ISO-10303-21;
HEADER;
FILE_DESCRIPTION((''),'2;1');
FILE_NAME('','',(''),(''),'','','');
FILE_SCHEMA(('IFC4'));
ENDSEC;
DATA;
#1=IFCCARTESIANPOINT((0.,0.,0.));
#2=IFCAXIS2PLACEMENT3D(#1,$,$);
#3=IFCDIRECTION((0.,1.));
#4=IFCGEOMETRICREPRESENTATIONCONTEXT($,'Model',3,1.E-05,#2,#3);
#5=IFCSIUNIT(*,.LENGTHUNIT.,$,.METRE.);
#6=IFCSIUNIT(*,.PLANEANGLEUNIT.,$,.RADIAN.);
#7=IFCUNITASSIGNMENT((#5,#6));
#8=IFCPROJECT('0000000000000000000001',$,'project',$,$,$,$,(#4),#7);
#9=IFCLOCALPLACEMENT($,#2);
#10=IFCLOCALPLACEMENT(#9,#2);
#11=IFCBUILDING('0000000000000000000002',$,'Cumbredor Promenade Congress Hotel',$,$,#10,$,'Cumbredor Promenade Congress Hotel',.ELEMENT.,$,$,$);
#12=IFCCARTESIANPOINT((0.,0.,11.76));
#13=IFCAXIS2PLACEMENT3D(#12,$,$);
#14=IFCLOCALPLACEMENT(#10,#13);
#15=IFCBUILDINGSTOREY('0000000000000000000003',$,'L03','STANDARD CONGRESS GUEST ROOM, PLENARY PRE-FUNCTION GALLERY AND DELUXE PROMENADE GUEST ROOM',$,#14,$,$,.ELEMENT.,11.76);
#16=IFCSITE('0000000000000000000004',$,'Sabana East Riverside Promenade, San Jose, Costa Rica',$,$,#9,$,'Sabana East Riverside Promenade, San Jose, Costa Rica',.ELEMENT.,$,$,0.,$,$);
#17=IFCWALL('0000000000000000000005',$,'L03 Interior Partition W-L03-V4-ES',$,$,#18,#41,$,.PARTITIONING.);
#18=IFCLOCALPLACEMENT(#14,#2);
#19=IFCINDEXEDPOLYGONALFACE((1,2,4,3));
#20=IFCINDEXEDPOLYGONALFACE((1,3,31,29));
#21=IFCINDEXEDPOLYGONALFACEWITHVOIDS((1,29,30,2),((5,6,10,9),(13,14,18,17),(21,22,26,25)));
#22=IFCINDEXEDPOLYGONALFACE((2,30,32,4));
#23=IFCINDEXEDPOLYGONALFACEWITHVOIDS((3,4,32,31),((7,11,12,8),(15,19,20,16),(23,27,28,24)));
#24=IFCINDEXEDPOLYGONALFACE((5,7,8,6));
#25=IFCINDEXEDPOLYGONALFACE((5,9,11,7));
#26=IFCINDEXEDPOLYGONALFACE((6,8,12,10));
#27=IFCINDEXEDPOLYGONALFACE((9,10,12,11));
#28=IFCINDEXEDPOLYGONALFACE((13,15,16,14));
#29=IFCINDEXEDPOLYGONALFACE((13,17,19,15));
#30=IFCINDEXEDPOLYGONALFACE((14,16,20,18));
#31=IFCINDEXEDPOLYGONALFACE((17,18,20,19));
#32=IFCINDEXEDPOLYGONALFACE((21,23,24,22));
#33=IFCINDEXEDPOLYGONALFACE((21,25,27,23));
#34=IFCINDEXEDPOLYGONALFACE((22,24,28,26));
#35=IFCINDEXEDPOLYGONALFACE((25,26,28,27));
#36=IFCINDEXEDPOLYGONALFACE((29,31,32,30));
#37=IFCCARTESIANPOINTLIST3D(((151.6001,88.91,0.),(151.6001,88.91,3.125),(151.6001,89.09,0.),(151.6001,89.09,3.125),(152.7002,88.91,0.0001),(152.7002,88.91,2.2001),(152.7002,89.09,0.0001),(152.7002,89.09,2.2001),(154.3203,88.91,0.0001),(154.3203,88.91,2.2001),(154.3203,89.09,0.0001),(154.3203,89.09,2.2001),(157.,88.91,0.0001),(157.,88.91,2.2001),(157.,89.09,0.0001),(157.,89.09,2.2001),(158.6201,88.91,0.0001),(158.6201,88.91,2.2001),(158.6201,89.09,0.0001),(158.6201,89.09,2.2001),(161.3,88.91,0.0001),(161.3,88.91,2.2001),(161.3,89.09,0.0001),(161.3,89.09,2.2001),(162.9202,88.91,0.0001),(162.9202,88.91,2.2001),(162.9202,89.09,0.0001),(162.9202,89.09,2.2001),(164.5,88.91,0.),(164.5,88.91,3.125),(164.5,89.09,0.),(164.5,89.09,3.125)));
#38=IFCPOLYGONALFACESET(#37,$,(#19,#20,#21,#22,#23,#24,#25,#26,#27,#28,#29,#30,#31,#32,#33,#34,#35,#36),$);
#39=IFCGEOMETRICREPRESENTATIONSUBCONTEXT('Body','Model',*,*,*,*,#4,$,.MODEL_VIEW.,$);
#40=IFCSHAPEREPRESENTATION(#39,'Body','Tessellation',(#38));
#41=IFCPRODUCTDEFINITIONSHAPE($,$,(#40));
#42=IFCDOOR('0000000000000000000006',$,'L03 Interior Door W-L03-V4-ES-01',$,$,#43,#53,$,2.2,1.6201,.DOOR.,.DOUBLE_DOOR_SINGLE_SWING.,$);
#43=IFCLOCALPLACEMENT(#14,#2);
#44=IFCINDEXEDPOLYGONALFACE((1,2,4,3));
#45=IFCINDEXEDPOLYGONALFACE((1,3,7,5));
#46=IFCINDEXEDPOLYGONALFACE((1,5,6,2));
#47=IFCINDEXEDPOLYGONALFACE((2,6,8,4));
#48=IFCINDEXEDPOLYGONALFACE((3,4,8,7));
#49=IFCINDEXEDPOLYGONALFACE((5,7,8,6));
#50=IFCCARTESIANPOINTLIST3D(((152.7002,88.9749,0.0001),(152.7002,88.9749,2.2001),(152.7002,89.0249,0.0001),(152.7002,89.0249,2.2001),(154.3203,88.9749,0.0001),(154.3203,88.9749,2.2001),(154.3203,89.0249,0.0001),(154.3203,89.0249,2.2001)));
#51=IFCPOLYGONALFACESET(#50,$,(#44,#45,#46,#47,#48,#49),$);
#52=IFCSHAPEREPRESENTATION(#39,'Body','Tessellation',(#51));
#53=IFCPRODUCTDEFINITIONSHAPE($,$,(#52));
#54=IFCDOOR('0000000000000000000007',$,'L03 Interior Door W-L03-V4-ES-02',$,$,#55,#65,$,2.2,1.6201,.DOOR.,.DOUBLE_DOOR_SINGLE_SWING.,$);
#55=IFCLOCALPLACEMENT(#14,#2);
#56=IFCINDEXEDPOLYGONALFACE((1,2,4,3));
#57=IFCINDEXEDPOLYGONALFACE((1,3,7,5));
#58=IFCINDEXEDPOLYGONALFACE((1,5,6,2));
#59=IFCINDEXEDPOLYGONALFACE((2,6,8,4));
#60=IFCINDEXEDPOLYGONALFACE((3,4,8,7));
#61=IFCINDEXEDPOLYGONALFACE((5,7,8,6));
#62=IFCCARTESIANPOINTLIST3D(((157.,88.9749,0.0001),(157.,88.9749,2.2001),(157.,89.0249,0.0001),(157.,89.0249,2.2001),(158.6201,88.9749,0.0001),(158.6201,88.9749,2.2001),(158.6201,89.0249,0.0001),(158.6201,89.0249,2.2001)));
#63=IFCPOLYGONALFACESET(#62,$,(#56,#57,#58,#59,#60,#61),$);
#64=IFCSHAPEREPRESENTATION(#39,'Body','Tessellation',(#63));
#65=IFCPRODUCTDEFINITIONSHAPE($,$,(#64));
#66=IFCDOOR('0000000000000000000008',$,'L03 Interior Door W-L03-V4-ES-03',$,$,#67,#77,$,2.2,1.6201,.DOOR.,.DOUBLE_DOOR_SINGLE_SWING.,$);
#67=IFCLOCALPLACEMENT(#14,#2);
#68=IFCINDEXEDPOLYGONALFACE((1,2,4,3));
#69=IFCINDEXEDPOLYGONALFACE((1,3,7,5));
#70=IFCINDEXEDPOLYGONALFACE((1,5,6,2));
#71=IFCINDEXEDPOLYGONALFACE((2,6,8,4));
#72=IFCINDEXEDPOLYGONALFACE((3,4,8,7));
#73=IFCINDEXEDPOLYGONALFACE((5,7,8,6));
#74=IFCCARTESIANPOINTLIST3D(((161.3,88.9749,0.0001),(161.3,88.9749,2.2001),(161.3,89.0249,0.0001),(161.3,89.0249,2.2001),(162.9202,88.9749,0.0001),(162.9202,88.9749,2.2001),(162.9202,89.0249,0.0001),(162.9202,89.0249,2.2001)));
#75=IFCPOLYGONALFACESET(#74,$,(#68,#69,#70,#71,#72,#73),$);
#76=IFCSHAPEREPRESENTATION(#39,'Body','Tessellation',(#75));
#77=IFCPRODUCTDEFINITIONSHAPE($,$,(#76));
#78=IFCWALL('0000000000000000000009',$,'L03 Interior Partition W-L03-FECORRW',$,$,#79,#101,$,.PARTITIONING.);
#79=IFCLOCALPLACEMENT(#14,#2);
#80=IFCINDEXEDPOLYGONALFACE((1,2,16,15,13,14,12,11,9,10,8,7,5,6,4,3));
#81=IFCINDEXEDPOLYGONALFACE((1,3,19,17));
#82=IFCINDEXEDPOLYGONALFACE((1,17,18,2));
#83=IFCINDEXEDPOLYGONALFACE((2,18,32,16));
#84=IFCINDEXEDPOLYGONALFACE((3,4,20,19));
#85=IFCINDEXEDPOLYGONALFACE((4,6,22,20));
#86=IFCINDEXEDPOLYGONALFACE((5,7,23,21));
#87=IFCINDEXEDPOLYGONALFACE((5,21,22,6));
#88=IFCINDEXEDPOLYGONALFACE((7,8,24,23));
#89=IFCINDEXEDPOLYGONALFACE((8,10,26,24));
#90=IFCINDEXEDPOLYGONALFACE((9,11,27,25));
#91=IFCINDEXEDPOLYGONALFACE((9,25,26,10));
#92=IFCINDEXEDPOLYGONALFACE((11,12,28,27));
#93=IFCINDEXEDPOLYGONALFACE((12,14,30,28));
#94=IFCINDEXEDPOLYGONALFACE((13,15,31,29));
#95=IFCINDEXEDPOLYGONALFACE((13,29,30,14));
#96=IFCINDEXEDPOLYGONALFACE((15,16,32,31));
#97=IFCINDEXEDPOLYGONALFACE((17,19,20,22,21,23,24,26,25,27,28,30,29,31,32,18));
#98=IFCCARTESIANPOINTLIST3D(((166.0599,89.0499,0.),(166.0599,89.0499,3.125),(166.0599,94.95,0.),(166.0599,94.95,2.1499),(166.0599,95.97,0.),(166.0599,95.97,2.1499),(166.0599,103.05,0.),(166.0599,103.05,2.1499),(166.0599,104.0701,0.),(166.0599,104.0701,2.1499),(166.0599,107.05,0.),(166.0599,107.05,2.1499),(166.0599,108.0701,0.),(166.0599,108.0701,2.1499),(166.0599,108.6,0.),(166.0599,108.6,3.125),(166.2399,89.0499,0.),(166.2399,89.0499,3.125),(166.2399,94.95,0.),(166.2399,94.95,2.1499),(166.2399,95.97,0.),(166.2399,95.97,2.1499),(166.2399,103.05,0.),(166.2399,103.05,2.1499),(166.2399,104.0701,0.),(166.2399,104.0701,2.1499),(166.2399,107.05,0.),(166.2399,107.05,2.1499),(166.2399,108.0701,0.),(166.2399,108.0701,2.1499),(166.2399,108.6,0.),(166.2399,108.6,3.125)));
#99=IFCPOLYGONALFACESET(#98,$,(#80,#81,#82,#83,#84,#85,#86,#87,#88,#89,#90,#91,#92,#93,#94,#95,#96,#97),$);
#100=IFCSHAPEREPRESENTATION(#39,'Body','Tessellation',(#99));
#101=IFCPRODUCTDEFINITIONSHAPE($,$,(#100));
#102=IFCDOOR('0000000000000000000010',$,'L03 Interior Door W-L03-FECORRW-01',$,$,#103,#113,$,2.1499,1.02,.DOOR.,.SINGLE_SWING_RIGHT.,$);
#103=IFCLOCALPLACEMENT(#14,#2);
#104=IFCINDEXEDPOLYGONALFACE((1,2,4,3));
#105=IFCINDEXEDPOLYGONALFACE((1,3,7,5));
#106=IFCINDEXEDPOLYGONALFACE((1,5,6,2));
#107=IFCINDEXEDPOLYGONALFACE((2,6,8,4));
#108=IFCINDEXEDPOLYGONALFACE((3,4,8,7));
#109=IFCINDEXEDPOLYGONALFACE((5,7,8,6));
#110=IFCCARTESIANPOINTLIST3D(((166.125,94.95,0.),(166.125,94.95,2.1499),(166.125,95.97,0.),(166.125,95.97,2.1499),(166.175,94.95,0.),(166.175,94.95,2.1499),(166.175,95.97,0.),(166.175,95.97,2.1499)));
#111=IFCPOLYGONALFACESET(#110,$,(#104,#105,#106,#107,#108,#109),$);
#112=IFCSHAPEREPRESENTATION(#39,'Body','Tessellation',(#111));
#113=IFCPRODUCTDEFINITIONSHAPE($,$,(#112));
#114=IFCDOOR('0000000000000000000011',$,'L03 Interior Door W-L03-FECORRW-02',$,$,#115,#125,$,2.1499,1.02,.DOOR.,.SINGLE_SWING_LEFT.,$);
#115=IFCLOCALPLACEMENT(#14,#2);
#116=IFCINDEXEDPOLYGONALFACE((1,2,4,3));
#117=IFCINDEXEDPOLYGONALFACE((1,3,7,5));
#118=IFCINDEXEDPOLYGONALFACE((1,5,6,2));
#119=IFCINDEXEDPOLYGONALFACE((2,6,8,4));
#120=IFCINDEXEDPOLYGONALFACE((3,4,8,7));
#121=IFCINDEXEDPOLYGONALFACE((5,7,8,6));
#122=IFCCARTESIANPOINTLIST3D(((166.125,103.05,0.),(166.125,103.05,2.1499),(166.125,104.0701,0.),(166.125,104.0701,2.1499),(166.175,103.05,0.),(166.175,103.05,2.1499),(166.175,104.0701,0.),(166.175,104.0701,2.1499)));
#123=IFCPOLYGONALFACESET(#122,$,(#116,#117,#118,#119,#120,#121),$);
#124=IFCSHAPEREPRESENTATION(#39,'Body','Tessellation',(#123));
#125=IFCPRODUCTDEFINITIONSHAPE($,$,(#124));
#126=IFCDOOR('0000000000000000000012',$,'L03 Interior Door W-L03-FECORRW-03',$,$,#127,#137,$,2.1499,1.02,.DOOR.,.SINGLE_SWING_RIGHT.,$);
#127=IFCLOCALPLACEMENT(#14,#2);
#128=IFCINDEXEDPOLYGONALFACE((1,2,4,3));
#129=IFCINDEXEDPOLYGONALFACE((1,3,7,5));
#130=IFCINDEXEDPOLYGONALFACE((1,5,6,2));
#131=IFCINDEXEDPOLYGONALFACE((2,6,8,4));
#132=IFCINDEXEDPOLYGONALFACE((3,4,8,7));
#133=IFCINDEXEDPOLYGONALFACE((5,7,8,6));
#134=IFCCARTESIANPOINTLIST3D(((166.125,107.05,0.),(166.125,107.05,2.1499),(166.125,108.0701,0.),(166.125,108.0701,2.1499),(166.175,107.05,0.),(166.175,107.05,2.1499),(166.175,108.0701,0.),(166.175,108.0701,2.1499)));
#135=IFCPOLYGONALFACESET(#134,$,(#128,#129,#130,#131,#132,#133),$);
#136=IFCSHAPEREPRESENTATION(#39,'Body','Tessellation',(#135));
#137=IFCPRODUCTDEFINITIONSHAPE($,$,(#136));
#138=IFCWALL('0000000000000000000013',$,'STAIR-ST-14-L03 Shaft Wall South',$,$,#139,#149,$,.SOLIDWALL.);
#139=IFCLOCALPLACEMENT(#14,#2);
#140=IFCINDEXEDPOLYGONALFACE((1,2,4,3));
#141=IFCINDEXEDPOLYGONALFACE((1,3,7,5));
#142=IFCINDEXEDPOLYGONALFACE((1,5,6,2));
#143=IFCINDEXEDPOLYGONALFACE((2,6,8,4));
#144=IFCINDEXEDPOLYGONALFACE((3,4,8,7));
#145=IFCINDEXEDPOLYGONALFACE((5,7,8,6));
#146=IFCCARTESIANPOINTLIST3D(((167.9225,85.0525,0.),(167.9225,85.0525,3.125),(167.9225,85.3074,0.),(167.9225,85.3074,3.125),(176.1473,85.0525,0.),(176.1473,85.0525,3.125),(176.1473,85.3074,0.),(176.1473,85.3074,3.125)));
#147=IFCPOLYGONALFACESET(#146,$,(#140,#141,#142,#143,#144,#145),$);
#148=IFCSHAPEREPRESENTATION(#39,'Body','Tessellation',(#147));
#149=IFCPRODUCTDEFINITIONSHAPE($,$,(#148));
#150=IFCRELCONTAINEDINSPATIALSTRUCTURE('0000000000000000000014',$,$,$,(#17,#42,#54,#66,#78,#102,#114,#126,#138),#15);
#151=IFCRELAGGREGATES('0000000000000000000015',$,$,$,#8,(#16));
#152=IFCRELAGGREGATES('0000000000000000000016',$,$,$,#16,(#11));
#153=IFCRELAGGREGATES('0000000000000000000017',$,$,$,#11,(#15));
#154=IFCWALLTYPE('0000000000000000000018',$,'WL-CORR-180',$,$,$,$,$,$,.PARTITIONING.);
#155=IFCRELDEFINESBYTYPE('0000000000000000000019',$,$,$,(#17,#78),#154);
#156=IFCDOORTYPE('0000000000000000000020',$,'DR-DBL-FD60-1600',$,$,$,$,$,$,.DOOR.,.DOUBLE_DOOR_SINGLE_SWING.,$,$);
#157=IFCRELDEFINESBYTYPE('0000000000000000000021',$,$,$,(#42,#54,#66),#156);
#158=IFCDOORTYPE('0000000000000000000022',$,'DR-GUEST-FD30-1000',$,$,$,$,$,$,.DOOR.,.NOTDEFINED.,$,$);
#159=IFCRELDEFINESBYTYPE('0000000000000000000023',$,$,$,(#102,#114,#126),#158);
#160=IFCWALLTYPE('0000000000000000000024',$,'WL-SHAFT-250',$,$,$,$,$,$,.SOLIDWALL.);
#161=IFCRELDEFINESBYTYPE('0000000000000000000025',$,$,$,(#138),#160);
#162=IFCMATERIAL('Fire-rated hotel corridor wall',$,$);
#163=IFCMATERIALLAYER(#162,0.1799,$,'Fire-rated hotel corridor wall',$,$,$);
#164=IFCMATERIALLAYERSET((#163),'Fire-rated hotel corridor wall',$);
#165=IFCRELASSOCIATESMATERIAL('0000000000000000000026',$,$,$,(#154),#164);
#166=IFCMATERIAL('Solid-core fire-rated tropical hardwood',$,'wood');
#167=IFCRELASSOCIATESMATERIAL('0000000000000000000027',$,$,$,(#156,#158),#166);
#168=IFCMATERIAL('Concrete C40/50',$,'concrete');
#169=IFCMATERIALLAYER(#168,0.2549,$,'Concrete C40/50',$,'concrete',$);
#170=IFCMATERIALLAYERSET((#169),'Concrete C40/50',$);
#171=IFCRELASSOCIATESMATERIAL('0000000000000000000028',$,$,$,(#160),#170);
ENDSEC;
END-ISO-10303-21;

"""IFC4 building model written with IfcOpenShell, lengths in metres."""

from ifc_helpers import new_model, si_unit, direction, frame, frame_2d, origin, place, context, subcontext, project, spatial, rectangle, extrude, material, layer, layer_set, type_object, element, fill, save


model = new_model("IFC4")

# Units and contexts
model_context = context("Model", 3, precision=1e-05, world=origin(), true_north=direction((0.0, 1.0)))
body_context = subcontext(model_context, "Body", "Model", "MODEL_VIEW")
ifc_project = project(units=[si_unit("LENGTHUNIT", "METRE"), si_unit("PLANEANGLEUNIT", "RADIAN")], contexts=[model_context])

# Site, building, storey
site_placement = place(None, origin())
site = spatial("IfcSite", under=ifc_project, at=site_placement, Name="Sabana East Riverside Promenade, San Jose, Costa Rica", LongName="Sabana East Riverside Promenade, San Jose, Costa Rica", CompositionType="ELEMENT", RefElevation=0.0)
building_placement = place(site_placement, origin())
building = spatial("IfcBuilding", under=site, at=building_placement, Name="Cumbredor Promenade Congress Hotel", LongName="Cumbredor Promenade Congress Hotel", CompositionType="ELEMENT")
storey_placement = place(building_placement, frame((0.0, 0.0, 11.76)))
storey = spatial("IfcBuildingStorey", under=building, at=storey_placement, Name="L03", Description="STANDARD CONGRESS GUEST ROOM, PLENARY PRE-FUNCTION GALLERY AND DELUXE PROMENADE GUEST ROOM", CompositionType="ELEMENT", Elevation=11.76)

# Shared definitions
ifc_material_1 = material(Name="Concrete C40/50", Category="concrete")

# Walls, openings, doors
ifc_material_2 = material(Name="Fire-rated hotel corridor wall")
ifc_layer_1 = layer(ifc_material_2, 0.1799, Name="Fire-rated hotel corridor wall")
ifc_layer_set_1 = layer_set([ifc_layer_1], Name="Fire-rated hotel corridor wall")
wall_type_1 = type_object("IfcWallType", Name="WL-CORR-180", PredefinedType="PARTITIONING", material=ifc_layer_set_1)
wall_1_placement = place(storey_placement, frame((151.6001, 89.0, 0.0), z_axis=(0.0, 0.0, 1.0), x_axis=(1.0, 0.0, 0.0)))
wall_1 = element("IfcWall", 1, at=wall_1_placement, inside=storey, type_object=wall_type_1, Name="L03 Interior Partition W-L03-V4-ES", PredefinedType="PARTITIONING", context=body_context, shape_type="SweptSolid", body=[
    extrude(rectangle(XDim=12.8999, YDim=0.1799, at=frame_2d((6.45, 0.0))), origin(), (0.0, 0.0, 1.0), 3.125),
])
opening_1_placement = place(wall_1_placement, frame((1.1001, 0.0, 0.0)))
opening_1 = element("IfcOpeningElement", 2, at=opening_1_placement, cuts=wall_1, PredefinedType="OPENING", context=body_context, shape_type="SweptSolid", body=[
    extrude(rectangle(XDim=1.6201, YDim=2.2, at=frame_2d((0.8101, 1.1001))), frame((0.0, 0.1001, 0.0), z_axis=(0.0, -1.0, 0.0), x_axis=(1.0, 0.0, 0.0)), (0.0, 0.0, 1.0), 0.2),
])
opening_2_placement = place(wall_1_placement, frame((5.3999, 0.0, 0.0)))
opening_2 = element("IfcOpeningElement", 3, at=opening_2_placement, cuts=wall_1, PredefinedType="OPENING", context=body_context, shape_type="SweptSolid", body=[
    extrude(rectangle(XDim=1.6201, YDim=2.2, at=frame_2d((0.8101, 1.1001))), frame((0.0, 0.1001, 0.0), z_axis=(0.0, -1.0, 0.0), x_axis=(1.0, 0.0, 0.0)), (0.0, 0.0, 1.0), 0.2),
])
opening_3_placement = place(wall_1_placement, frame((9.7, 0.0, 0.0)))
opening_3 = element("IfcOpeningElement", 4, at=opening_3_placement, cuts=wall_1, PredefinedType="OPENING", context=body_context, shape_type="SweptSolid", body=[
    extrude(rectangle(XDim=1.6201, YDim=2.2, at=frame_2d((0.8101, 1.1001))), frame((0.0, 0.1001, 0.0), z_axis=(0.0, -1.0, 0.0), x_axis=(1.0, 0.0, 0.0)), (0.0, 0.0, 1.0), 0.2),
])
ifc_material_3 = material(Name="Solid-core fire-rated tropical hardwood", Category="wood")
door_type_1 = type_object("IfcDoorType", Name="DR-DBL-FD60-1600", OperationType="DOUBLE_DOOR_SINGLE_SWING", PredefinedType="DOOR", material=ifc_material_3)
door_1_placement = place(opening_1_placement, origin())
door_1 = element("IfcDoor", 5, at=door_1_placement, inside=storey, type_object=door_type_1, Name="L03 Interior Door W-L03-V4-ES-01", OperationType="DOUBLE_DOOR_SINGLE_SWING", OverallHeight=2.2, OverallWidth=1.6201, PredefinedType="DOOR", context=body_context, shape_type="SweptSolid", body=[
    extrude(rectangle(XDim=1.6201, YDim=2.2, at=frame_2d((0.8101, 1.1001))), frame((0.0, 0.0249, 0.0), z_axis=(0.0, -1.0, 0.0), x_axis=(1.0, 0.0, 0.0)), (0.0, 0.0, 1.0), 0.05),
])
fill(opening_1, door_1)
door_2_placement = place(opening_2_placement, origin())
door_2 = element("IfcDoor", 6, at=door_2_placement, inside=storey, type_object=door_type_1, Name="L03 Interior Door W-L03-V4-ES-02", OperationType="DOUBLE_DOOR_SINGLE_SWING", OverallHeight=2.2, OverallWidth=1.6201, PredefinedType="DOOR", context=body_context, shape_type="SweptSolid", body=[
    extrude(rectangle(XDim=1.6201, YDim=2.2, at=frame_2d((0.8101, 1.1001))), frame((0.0, 0.0249, 0.0), z_axis=(0.0, -1.0, 0.0), x_axis=(1.0, 0.0, 0.0)), (0.0, 0.0, 1.0), 0.05),
])
fill(opening_2, door_2)
door_3_placement = place(opening_3_placement, origin())
door_3 = element("IfcDoor", 7, at=door_3_placement, inside=storey, type_object=door_type_1, Name="L03 Interior Door W-L03-V4-ES-03", OperationType="DOUBLE_DOOR_SINGLE_SWING", OverallHeight=2.2, OverallWidth=1.6201, PredefinedType="DOOR", context=body_context, shape_type="SweptSolid", body=[
    extrude(rectangle(XDim=1.6201, YDim=2.2, at=frame_2d((0.8101, 1.1001))), frame((0.0, 0.0249, 0.0), z_axis=(0.0, -1.0, 0.0), x_axis=(1.0, 0.0, 0.0)), (0.0, 0.0, 1.0), 0.05),
])
fill(opening_3, door_3)
wall_2_placement = place(storey_placement, frame((166.1499, 89.05, 0.0), z_axis=(0.0, 0.0, 1.0), x_axis=(0.0, 1.0, 0.0)))
wall_2 = element("IfcWall", 8, at=wall_2_placement, inside=storey, type_object=wall_type_1, Name="L03 Interior Partition W-L03-FECORRW", PredefinedType="PARTITIONING", context=body_context, shape_type="SweptSolid", body=[
    extrude(rectangle(XDim=19.55, YDim=0.1799, at=frame_2d((9.7749, 0.0))), origin(), (0.0, 0.0, 1.0), 3.125),
])
opening_4_placement = place(wall_2_placement, frame((5.8999, 0.0, 0.0)))
opening_4 = element("IfcOpeningElement", 9, at=opening_4_placement, cuts=wall_2, PredefinedType="OPENING", context=body_context, shape_type="SweptSolid", body=[
    extrude(rectangle(XDim=1.02, YDim=2.1499, at=frame_2d((0.51, 1.075))), frame((0.0, 0.1001, 0.0), z_axis=(0.0, -1.0, 0.0), x_axis=(1.0, 0.0, 0.0)), (0.0, 0.0, 1.0), 0.2),
])
opening_5_placement = place(wall_2_placement, frame((14.0, 0.0, 0.0)))
opening_5 = element("IfcOpeningElement", 10, at=opening_5_placement, cuts=wall_2, PredefinedType="OPENING", context=body_context, shape_type="SweptSolid", body=[
    extrude(rectangle(XDim=1.02, YDim=2.1499, at=frame_2d((0.51, 1.075))), frame((0.0, 0.1001, 0.0), z_axis=(0.0, -1.0, 0.0), x_axis=(1.0, 0.0, 0.0)), (0.0, 0.0, 1.0), 0.2),
])
opening_6_placement = place(wall_2_placement, frame((18.0, 0.0, 0.0)))
opening_6 = element("IfcOpeningElement", 11, at=opening_6_placement, cuts=wall_2, PredefinedType="OPENING", context=body_context, shape_type="SweptSolid", body=[
    extrude(rectangle(XDim=1.02, YDim=2.1499, at=frame_2d((0.51, 1.075))), frame((0.0, 0.1001, 0.0), z_axis=(0.0, -1.0, 0.0), x_axis=(1.0, 0.0, 0.0)), (0.0, 0.0, 1.0), 0.2),
])
door_type_2 = type_object("IfcDoorType", Name="DR-GUEST-FD30-1000", OperationType="NOTDEFINED", PredefinedType="DOOR", material=ifc_material_3)
door_4_placement = place(opening_4_placement, origin())
door_4 = element("IfcDoor", 12, at=door_4_placement, inside=storey, type_object=door_type_2, Name="L03 Interior Door W-L03-FECORRW-01", OperationType="SINGLE_SWING_RIGHT", OverallHeight=2.1499, OverallWidth=1.02, PredefinedType="DOOR", context=body_context, shape_type="SweptSolid", body=[
    extrude(rectangle(XDim=1.02, YDim=2.1499, at=frame_2d((0.51, 1.075))), frame((0.0, 0.0249, 0.0), z_axis=(0.0, -1.0, 0.0), x_axis=(1.0, 0.0, 0.0)), (0.0, 0.0, 1.0), 0.05),
])
fill(opening_4, door_4)
door_5_placement = place(opening_5_placement, origin())
door_5 = element("IfcDoor", 13, at=door_5_placement, inside=storey, type_object=door_type_2, Name="L03 Interior Door W-L03-FECORRW-02", OperationType="SINGLE_SWING_LEFT", OverallHeight=2.1499, OverallWidth=1.02, PredefinedType="DOOR", context=body_context, shape_type="SweptSolid", body=[
    extrude(rectangle(XDim=1.02, YDim=2.1499, at=frame_2d((0.51, 1.075))), frame((0.0, 0.0249, 0.0), z_axis=(0.0, -1.0, 0.0), x_axis=(1.0, 0.0, 0.0)), (0.0, 0.0, 1.0), 0.05),
])
fill(opening_5, door_5)
door_6_placement = place(opening_6_placement, origin())
door_6 = element("IfcDoor", 14, at=door_6_placement, inside=storey, type_object=door_type_2, Name="L03 Interior Door W-L03-FECORRW-03", OperationType="SINGLE_SWING_RIGHT", OverallHeight=2.1499, OverallWidth=1.02, PredefinedType="DOOR", context=body_context, shape_type="SweptSolid", body=[
    extrude(rectangle(XDim=1.02, YDim=2.1499, at=frame_2d((0.51, 1.075))), frame((0.0, 0.0249, 0.0), z_axis=(0.0, -1.0, 0.0), x_axis=(1.0, 0.0, 0.0)), (0.0, 0.0, 1.0), 0.05),
])
fill(opening_6, door_6)

# Wall
ifc_layer_2 = layer(ifc_material_1, 0.2549, Name="Concrete C40/50", Category="concrete")
ifc_layer_set_2 = layer_set([ifc_layer_2], Name="Concrete C40/50")
wall_type_2 = type_object("IfcWallType", Name="WL-SHAFT-250", PredefinedType="SOLIDWALL", material=ifc_layer_set_2)
wall_3_placement = place(storey_placement, frame((167.9226, 85.1799, 0.0), z_axis=(0.0, 0.0, 1.0), x_axis=(1.0, 0.0, 0.0)))
element("IfcWall", 15, at=wall_3_placement, inside=storey, type_object=wall_type_2, Name="STAIR-ST-14-L03 Shaft Wall South", PredefinedType="SOLIDWALL", context=body_context, shape_type="SweptSolid", body=[
    extrude(rectangle(XDim=8.2249, YDim=0.2549, at=frame_2d((4.1123, 0.0))), origin(), (0.0, 0.0, 1.0), 3.125),
])

save(model, "model.ifc")
